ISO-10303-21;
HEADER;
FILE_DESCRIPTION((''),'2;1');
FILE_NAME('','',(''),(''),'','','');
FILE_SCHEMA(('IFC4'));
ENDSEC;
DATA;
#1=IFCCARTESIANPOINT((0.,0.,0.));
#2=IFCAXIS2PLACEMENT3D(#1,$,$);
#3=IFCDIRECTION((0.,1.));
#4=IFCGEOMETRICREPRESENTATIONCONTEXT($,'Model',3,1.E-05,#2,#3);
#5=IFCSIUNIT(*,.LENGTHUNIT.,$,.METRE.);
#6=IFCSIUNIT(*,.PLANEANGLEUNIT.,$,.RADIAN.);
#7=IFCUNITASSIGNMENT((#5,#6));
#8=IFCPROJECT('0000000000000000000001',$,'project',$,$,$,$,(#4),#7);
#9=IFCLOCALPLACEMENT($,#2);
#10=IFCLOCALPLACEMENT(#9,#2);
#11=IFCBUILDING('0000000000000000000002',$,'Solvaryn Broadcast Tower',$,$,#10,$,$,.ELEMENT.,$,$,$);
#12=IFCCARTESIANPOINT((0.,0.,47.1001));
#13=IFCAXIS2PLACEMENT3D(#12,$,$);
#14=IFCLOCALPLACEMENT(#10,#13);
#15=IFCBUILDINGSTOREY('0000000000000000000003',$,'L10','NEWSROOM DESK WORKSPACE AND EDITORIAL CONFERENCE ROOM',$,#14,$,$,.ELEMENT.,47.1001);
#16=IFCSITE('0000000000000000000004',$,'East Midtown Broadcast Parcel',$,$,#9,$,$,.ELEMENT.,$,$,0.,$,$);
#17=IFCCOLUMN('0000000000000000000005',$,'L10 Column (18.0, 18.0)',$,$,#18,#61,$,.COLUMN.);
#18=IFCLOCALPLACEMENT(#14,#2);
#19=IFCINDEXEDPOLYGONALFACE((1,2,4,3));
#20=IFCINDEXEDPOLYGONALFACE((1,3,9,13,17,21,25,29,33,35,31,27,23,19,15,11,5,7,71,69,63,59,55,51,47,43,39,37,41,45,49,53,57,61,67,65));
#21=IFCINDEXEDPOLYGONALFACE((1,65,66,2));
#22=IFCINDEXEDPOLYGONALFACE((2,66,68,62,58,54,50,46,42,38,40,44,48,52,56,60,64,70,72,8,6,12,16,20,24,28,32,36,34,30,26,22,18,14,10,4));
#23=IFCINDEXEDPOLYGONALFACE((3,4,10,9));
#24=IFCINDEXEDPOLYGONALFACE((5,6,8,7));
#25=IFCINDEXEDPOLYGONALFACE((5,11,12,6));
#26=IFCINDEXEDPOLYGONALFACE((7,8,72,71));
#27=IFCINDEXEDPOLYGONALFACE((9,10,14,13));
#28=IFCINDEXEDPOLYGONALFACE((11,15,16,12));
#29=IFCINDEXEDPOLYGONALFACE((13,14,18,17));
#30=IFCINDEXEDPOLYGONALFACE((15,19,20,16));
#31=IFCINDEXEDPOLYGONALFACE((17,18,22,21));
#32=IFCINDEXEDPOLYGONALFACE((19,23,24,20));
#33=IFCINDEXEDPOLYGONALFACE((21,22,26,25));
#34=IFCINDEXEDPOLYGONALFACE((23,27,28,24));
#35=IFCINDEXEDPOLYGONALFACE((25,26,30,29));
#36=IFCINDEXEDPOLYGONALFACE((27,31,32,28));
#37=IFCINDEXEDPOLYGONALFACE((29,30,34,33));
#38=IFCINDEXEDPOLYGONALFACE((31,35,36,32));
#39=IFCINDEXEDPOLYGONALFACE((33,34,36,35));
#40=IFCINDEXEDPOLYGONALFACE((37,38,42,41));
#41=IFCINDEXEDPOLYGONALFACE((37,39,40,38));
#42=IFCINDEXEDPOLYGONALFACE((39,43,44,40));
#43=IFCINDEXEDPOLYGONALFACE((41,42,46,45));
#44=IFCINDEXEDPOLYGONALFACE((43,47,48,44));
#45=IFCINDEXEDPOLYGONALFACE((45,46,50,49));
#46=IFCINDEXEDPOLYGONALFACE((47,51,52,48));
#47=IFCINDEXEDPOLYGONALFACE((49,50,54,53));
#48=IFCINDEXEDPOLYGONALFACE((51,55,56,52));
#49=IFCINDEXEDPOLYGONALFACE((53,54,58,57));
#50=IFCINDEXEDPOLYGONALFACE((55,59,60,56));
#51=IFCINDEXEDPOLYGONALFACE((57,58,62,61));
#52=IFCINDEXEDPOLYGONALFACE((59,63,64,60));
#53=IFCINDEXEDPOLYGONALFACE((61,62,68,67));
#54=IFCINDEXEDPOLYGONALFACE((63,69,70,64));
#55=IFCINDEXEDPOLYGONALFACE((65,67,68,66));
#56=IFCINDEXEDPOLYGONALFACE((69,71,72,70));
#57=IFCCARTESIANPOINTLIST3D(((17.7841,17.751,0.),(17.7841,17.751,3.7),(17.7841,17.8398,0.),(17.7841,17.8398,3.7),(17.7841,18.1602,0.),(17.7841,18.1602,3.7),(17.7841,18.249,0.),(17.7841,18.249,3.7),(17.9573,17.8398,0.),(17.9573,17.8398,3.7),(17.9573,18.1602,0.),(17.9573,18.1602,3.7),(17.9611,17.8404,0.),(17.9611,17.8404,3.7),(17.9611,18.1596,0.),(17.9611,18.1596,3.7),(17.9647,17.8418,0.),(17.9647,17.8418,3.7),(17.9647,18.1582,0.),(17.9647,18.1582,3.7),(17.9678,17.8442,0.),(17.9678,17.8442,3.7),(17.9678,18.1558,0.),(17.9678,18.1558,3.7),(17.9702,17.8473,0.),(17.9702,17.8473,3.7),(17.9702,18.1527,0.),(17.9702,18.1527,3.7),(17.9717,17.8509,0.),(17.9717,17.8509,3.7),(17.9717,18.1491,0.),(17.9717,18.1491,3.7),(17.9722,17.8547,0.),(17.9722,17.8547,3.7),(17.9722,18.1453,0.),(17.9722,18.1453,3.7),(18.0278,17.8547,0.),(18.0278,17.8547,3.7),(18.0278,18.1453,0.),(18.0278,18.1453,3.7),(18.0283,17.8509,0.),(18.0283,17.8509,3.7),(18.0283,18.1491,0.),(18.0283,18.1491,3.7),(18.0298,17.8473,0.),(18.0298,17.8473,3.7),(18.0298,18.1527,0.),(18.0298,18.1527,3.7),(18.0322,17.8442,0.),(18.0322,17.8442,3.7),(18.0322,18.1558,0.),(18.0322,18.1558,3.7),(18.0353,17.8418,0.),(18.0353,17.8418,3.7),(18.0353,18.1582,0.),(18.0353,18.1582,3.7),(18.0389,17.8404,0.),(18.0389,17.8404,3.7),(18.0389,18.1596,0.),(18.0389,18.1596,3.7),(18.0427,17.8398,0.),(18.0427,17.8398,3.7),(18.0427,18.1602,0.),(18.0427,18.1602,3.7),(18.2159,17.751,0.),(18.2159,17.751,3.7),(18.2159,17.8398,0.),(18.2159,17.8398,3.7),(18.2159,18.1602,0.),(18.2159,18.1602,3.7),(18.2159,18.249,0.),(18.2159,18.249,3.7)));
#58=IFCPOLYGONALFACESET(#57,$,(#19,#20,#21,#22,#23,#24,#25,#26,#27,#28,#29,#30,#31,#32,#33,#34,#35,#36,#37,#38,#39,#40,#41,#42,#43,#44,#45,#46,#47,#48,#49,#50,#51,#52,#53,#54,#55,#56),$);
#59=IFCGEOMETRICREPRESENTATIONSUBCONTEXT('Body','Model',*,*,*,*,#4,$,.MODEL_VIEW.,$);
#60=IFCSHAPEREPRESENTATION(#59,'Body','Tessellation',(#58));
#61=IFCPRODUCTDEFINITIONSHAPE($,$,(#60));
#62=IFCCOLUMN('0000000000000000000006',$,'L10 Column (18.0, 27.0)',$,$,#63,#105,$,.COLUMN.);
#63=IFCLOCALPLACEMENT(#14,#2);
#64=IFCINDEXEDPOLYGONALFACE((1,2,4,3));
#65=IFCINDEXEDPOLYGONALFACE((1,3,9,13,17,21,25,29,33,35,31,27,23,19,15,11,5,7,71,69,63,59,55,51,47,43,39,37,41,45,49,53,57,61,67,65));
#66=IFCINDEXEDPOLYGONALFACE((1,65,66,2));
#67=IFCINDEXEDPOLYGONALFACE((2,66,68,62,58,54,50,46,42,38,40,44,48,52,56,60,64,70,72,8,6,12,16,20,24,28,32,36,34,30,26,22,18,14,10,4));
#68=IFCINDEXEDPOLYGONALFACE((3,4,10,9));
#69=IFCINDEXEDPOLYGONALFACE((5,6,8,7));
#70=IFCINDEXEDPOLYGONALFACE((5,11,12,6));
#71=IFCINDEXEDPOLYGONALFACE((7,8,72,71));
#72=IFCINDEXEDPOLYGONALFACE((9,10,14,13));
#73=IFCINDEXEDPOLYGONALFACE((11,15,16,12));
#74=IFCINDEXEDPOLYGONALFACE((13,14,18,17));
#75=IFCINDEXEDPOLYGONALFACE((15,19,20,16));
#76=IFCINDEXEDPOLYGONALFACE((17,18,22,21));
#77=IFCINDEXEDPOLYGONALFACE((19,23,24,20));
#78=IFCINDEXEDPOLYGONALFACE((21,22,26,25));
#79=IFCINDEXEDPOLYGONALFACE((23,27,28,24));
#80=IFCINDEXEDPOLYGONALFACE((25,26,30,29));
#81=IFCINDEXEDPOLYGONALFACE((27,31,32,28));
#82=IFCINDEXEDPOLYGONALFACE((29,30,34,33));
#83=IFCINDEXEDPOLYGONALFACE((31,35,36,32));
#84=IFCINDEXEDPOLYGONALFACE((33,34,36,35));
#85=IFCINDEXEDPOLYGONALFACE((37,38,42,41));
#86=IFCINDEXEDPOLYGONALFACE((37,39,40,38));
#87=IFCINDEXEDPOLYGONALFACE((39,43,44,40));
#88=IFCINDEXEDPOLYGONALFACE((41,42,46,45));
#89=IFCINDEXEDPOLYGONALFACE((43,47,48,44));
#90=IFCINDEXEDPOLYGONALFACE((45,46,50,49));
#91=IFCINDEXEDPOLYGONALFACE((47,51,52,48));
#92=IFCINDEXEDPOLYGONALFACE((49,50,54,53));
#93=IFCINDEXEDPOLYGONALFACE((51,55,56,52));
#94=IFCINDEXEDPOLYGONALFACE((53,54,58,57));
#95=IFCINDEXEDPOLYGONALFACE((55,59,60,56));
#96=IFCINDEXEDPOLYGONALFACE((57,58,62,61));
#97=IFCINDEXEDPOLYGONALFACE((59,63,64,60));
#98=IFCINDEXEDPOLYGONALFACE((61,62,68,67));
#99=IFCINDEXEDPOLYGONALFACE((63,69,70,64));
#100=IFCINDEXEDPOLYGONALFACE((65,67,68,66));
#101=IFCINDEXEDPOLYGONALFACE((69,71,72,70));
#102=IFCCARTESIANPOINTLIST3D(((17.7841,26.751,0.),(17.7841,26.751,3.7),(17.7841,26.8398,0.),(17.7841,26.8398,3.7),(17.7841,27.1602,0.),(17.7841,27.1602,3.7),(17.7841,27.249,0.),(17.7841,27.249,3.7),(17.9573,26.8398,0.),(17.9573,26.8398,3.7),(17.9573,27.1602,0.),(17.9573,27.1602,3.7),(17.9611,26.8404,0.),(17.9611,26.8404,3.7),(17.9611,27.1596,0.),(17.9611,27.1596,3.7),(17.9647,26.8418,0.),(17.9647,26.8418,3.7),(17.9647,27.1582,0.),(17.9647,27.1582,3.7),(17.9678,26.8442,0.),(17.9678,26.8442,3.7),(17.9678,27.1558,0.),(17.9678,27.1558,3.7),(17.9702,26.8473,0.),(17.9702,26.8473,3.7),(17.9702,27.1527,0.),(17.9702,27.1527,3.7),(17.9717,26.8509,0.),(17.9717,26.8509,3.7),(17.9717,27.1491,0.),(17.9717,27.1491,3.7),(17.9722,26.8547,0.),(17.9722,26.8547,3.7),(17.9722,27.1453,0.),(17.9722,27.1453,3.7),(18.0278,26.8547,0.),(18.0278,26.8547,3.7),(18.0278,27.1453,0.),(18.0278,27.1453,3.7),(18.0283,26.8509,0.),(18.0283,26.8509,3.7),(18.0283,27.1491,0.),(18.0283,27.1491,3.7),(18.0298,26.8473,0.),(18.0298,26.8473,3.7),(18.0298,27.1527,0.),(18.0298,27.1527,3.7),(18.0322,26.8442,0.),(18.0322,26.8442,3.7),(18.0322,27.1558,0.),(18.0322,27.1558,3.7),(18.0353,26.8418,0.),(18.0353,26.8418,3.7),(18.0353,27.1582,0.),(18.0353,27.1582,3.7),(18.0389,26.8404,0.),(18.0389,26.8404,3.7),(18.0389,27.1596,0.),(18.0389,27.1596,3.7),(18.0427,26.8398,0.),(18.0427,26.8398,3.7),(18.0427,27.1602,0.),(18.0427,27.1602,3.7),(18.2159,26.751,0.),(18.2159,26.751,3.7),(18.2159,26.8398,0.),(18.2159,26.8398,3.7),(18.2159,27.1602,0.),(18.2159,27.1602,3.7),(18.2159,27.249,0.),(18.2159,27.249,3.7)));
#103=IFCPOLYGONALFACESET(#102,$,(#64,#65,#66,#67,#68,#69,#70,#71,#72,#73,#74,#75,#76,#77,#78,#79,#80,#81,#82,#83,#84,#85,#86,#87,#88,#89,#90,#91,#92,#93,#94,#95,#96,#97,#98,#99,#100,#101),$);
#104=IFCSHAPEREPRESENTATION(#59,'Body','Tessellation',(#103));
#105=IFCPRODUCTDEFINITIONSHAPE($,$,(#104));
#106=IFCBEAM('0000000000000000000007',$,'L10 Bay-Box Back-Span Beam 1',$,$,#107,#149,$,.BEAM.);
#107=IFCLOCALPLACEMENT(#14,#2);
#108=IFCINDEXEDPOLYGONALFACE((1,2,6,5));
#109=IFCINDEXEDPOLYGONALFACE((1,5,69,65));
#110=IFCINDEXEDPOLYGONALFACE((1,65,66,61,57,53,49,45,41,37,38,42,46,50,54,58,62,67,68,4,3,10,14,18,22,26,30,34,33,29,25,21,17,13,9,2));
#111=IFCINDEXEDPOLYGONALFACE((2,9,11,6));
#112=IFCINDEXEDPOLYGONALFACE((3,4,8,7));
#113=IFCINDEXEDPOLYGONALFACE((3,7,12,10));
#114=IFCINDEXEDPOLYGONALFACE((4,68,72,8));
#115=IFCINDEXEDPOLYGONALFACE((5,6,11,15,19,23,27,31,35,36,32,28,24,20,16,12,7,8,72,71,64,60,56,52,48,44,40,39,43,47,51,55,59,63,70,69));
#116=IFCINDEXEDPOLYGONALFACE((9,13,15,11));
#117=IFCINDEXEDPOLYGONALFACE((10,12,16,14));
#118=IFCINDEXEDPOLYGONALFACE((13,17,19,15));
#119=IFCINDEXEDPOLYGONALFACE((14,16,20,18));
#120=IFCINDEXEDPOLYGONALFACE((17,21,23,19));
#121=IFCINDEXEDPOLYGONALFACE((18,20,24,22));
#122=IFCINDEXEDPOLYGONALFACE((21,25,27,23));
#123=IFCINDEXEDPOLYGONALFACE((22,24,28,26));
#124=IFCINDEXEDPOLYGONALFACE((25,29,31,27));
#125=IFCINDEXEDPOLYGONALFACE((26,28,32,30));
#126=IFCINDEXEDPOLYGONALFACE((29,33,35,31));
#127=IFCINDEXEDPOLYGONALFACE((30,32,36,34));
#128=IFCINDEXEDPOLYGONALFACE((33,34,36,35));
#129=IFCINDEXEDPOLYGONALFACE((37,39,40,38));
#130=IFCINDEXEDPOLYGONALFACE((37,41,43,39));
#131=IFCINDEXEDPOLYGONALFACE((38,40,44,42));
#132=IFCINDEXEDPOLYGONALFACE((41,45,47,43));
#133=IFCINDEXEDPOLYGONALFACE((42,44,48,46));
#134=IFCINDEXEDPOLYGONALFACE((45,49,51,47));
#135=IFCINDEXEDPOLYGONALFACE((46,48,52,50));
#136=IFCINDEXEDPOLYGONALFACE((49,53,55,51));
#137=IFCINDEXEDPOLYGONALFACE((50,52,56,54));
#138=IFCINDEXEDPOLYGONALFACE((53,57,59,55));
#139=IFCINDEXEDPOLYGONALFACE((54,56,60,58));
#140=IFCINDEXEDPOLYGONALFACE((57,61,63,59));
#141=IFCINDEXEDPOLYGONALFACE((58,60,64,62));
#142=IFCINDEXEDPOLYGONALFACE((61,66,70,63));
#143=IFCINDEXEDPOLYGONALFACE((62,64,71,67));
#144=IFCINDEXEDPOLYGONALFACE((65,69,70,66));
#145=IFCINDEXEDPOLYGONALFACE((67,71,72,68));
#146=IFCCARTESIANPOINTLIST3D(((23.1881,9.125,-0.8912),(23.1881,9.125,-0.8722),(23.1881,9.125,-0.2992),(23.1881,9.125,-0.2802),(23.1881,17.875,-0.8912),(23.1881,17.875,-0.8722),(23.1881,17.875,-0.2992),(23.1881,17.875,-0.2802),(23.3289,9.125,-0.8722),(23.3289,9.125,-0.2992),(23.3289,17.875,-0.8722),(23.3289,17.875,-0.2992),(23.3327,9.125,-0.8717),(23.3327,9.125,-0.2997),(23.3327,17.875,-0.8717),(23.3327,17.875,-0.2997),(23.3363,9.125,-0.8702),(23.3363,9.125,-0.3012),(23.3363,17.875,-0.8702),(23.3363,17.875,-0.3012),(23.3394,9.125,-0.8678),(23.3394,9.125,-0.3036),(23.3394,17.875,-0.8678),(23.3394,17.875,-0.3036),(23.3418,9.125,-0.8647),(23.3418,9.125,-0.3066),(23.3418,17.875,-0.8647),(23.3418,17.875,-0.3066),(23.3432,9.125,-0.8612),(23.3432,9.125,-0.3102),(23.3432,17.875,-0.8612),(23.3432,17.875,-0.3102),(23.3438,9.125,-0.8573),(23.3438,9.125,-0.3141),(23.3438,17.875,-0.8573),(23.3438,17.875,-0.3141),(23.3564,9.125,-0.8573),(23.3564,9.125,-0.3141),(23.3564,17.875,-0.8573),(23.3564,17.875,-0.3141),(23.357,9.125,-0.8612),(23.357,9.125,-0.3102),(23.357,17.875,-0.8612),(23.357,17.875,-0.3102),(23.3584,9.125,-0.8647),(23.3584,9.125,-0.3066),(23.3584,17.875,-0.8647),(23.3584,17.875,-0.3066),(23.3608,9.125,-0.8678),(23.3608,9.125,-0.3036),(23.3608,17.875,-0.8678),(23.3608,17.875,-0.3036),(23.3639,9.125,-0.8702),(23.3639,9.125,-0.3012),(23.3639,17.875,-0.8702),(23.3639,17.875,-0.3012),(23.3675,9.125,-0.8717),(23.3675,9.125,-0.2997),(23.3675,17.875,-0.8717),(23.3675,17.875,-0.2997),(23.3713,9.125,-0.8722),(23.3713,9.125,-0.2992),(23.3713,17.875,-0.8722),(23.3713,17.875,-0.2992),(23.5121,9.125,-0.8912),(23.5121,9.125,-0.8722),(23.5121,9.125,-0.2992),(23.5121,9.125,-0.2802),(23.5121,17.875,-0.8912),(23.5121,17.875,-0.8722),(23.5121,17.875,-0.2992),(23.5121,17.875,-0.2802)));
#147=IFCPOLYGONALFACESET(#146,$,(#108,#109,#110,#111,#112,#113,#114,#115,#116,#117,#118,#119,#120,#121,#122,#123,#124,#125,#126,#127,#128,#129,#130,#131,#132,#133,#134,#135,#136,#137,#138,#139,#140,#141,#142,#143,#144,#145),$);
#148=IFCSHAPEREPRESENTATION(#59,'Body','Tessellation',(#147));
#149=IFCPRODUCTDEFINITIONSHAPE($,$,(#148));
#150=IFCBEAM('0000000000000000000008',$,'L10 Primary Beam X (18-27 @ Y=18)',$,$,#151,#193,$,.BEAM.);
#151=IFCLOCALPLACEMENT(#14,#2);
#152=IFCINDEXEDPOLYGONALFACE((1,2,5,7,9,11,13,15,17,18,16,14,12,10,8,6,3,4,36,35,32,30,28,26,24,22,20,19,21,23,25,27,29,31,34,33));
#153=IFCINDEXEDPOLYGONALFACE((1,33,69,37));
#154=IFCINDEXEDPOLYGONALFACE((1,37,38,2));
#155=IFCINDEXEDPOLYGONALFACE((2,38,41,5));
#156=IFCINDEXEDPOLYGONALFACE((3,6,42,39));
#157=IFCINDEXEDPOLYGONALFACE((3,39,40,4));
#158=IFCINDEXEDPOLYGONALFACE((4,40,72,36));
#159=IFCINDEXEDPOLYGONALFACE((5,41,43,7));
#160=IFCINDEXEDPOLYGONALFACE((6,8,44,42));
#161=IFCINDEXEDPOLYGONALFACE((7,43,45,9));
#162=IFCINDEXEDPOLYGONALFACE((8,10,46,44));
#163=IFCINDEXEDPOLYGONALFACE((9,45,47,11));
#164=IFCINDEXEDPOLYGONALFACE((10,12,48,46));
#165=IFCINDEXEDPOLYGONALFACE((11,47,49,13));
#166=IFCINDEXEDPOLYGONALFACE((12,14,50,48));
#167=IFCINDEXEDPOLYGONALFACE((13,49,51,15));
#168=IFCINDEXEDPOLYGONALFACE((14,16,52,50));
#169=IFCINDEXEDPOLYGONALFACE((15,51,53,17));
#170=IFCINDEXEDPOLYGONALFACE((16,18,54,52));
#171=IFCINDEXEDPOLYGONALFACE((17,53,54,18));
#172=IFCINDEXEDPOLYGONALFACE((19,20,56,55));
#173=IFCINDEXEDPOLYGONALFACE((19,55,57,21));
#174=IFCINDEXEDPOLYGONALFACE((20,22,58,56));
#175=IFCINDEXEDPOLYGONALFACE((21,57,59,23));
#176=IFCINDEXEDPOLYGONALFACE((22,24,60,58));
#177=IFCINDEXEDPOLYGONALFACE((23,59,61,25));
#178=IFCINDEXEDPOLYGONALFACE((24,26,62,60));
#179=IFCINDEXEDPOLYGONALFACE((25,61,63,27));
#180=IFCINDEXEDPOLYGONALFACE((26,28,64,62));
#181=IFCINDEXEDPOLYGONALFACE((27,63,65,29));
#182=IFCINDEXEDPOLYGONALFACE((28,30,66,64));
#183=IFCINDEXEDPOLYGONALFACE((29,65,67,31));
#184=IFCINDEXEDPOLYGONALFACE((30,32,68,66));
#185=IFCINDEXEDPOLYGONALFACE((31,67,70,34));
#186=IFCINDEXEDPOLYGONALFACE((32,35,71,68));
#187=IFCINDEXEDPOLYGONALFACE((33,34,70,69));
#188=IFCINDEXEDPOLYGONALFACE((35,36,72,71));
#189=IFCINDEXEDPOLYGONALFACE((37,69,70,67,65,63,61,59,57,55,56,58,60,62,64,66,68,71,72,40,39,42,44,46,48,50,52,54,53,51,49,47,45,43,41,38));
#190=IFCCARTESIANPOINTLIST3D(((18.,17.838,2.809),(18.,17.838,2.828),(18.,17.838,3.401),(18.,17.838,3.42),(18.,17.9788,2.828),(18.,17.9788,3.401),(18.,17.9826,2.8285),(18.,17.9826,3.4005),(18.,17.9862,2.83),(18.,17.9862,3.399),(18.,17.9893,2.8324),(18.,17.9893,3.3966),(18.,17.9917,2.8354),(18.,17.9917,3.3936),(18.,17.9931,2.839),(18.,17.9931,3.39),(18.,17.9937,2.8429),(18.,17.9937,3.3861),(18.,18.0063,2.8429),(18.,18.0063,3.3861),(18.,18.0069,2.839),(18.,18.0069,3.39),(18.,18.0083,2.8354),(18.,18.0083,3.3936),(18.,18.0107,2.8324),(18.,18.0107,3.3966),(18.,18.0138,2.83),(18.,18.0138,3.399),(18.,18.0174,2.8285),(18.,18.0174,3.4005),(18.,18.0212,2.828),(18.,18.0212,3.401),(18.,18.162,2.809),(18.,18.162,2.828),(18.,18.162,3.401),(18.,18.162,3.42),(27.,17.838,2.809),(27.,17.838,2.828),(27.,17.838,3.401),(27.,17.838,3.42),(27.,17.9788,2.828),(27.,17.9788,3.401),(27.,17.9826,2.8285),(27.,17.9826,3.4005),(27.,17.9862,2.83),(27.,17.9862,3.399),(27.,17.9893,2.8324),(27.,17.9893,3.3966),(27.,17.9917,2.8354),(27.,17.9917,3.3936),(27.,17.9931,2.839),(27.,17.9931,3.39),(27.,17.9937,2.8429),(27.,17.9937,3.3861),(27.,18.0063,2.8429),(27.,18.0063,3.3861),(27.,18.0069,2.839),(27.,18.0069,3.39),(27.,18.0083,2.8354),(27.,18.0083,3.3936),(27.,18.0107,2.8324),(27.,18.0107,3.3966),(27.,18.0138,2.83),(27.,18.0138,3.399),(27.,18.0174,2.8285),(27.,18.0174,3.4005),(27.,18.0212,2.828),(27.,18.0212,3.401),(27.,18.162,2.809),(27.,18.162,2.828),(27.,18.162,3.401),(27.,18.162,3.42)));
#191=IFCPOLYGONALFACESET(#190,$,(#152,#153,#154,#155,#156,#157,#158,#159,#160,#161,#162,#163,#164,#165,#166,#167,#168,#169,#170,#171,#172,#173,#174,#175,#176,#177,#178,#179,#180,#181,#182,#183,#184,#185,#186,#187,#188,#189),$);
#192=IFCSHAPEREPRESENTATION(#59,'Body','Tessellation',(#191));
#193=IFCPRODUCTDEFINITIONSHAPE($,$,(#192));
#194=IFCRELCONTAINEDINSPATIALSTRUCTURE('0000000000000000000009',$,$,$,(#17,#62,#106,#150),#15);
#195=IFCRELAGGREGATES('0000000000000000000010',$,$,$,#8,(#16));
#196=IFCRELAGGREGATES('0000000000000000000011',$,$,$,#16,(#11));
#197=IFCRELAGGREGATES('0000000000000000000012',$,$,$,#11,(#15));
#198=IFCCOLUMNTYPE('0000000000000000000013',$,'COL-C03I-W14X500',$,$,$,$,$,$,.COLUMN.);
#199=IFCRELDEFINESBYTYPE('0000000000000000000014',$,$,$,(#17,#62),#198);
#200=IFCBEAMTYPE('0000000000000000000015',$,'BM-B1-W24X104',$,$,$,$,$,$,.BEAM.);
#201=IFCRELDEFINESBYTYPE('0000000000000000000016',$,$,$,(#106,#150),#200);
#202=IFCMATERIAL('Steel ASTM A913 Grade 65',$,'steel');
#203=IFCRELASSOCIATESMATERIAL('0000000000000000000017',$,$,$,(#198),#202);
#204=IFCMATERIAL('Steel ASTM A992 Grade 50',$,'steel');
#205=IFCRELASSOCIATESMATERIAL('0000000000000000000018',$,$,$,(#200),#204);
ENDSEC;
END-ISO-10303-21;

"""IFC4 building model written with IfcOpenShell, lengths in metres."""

from ifc_helpers import new_model, si_unit, direction, frame, origin, origin_2d, place, context, subcontext, project, spatial, i_section, extrude, material, material_profile, profile_set, type_object, element, save


model = new_model("IFC4")

# Units and contexts
model_context = context("Model", 3, precision=1e-05, world=origin(), true_north=direction((0.0, 1.0)))
body_context = subcontext(model_context, "Body", "Model", "MODEL_VIEW")
ifc_project = project(units=[si_unit("LENGTHUNIT", "METRE"), si_unit("PLANEANGLEUNIT", "RADIAN")], contexts=[model_context])

# Site, building, storey
site_placement = place(None, origin())
site = spatial("IfcSite", under=ifc_project, at=site_placement, Name="East Midtown Broadcast Parcel", CompositionType="ELEMENT", RefElevation=0.0)
building_placement = place(site_placement, origin())
building = spatial("IfcBuilding", under=site, at=building_placement, Name="Solvaryn Broadcast Tower", CompositionType="ELEMENT")
storey_placement = place(building_placement, frame((0.0, 0.0, 47.1001)))
storey = spatial("IfcBuildingStorey", under=building, at=storey_placement, Name="L10", Description="NEWSROOM DESK WORKSPACE AND EDITORIAL CONFERENCE ROOM", CompositionType="ELEMENT", Elevation=47.1001)

# Columns
ifc_material_1 = material(Name="Steel ASTM A913 Grade 65", Category="steel")
ifc_material_profile_1 = material_profile(ifc_material_1, i_section(OverallWidth=0.4319, OverallDepth=0.498, WebThickness=0.0557, FlangeThickness=0.0889, FilletRadius=0.0149, at=origin_2d()))
ifc_profile_set_1 = profile_set([ifc_material_profile_1], Name="Steel ASTM A913 Grade 65")
column_type = type_object("IfcColumnType", Name="COL-C03I-W14X500", PredefinedType="COLUMN", material=ifc_profile_set_1)
for number, where, z_axis, x_axis, name in (
    (1, (18.0, 18.0, 0.0), (0.0, 0.0, 1.0), (1.0, 0.0, 0.0), "L10 Column (18.0, 18.0)"),
    (2, (18.0, 27.0, 0.0), (0.0, 0.0, 1.0), (1.0, 0.0, 0.0), "L10 Column (18.0, 27.0)"),
):
    element("IfcColumn", number, at=place(storey_placement, frame(where, z_axis=z_axis, x_axis=x_axis)), inside=storey, type_object=column_type, Name=name, PredefinedType="COLUMN", context=body_context, shape_type="SweptSolid", body=[
        extrude(i_section(OverallWidth=0.4319, OverallDepth=0.498, WebThickness=0.0557, FlangeThickness=0.0889, FilletRadius=0.0149, at=origin_2d()), origin(), (0.0, 0.0, 1.0), 3.7),
    ])

# Beams
ifc_material_2 = material(Name="Steel ASTM A992 Grade 50", Category="steel")
ifc_material_profile_2 = material_profile(ifc_material_2, i_section(OverallWidth=0.324, OverallDepth=0.6111, WebThickness=0.0127, FlangeThickness=0.019, FilletRadius=0.0149, at=origin_2d()))
ifc_profile_set_2 = profile_set([ifc_material_profile_2], Name="Steel ASTM A992 Grade 50")
beam_type_1 = type_object("IfcBeamType", Name="BM-B1-W24X104", PredefinedType="BEAM", material=ifc_profile_set_2)
beam_1_placement = place(storey_placement, frame((23.3501, 17.875, -0.5857), z_axis=(0.0, -1.0, 0.0), x_axis=(1.0, 0.0, 0.0)))
element("IfcBeam", 3, at=beam_1_placement, inside=storey, type_object=beam_type_1, Name="L10 Bay-Box Back-Span Beam 1", PredefinedType="BEAM", context=body_context, shape_type="SweptSolid", body=[
    extrude(i_section(OverallWidth=0.324, OverallDepth=0.6111, WebThickness=0.0127, FlangeThickness=0.019, FilletRadius=0.0149, at=origin_2d()), origin(), (0.0, 0.0, 1.0), 8.75),
])
for number, where, z_axis, x_axis, name in (
    (4, (18.0, 18.0, 3.1145), (1.0, 0.0, 0.0), (0.0, 1.0, 0.0), "L10 Primary Beam X (18-27 @ Y=18)"),
):
    element("IfcBeam", number, at=place(storey_placement, frame(where, z_axis=z_axis, x_axis=x_axis)), inside=storey, type_object=beam_type_1, Name=name, PredefinedType="BEAM", context=body_context, shape_type="SweptSolid", body=[
        extrude(i_section(OverallWidth=0.324, OverallDepth=0.6111, WebThickness=0.0127, FlangeThickness=0.019, FilletRadius=0.0149, at=origin_2d()), origin(), (0.0, 0.0, 1.0), 9.0),
    ])

save(model, "model.ifc")
